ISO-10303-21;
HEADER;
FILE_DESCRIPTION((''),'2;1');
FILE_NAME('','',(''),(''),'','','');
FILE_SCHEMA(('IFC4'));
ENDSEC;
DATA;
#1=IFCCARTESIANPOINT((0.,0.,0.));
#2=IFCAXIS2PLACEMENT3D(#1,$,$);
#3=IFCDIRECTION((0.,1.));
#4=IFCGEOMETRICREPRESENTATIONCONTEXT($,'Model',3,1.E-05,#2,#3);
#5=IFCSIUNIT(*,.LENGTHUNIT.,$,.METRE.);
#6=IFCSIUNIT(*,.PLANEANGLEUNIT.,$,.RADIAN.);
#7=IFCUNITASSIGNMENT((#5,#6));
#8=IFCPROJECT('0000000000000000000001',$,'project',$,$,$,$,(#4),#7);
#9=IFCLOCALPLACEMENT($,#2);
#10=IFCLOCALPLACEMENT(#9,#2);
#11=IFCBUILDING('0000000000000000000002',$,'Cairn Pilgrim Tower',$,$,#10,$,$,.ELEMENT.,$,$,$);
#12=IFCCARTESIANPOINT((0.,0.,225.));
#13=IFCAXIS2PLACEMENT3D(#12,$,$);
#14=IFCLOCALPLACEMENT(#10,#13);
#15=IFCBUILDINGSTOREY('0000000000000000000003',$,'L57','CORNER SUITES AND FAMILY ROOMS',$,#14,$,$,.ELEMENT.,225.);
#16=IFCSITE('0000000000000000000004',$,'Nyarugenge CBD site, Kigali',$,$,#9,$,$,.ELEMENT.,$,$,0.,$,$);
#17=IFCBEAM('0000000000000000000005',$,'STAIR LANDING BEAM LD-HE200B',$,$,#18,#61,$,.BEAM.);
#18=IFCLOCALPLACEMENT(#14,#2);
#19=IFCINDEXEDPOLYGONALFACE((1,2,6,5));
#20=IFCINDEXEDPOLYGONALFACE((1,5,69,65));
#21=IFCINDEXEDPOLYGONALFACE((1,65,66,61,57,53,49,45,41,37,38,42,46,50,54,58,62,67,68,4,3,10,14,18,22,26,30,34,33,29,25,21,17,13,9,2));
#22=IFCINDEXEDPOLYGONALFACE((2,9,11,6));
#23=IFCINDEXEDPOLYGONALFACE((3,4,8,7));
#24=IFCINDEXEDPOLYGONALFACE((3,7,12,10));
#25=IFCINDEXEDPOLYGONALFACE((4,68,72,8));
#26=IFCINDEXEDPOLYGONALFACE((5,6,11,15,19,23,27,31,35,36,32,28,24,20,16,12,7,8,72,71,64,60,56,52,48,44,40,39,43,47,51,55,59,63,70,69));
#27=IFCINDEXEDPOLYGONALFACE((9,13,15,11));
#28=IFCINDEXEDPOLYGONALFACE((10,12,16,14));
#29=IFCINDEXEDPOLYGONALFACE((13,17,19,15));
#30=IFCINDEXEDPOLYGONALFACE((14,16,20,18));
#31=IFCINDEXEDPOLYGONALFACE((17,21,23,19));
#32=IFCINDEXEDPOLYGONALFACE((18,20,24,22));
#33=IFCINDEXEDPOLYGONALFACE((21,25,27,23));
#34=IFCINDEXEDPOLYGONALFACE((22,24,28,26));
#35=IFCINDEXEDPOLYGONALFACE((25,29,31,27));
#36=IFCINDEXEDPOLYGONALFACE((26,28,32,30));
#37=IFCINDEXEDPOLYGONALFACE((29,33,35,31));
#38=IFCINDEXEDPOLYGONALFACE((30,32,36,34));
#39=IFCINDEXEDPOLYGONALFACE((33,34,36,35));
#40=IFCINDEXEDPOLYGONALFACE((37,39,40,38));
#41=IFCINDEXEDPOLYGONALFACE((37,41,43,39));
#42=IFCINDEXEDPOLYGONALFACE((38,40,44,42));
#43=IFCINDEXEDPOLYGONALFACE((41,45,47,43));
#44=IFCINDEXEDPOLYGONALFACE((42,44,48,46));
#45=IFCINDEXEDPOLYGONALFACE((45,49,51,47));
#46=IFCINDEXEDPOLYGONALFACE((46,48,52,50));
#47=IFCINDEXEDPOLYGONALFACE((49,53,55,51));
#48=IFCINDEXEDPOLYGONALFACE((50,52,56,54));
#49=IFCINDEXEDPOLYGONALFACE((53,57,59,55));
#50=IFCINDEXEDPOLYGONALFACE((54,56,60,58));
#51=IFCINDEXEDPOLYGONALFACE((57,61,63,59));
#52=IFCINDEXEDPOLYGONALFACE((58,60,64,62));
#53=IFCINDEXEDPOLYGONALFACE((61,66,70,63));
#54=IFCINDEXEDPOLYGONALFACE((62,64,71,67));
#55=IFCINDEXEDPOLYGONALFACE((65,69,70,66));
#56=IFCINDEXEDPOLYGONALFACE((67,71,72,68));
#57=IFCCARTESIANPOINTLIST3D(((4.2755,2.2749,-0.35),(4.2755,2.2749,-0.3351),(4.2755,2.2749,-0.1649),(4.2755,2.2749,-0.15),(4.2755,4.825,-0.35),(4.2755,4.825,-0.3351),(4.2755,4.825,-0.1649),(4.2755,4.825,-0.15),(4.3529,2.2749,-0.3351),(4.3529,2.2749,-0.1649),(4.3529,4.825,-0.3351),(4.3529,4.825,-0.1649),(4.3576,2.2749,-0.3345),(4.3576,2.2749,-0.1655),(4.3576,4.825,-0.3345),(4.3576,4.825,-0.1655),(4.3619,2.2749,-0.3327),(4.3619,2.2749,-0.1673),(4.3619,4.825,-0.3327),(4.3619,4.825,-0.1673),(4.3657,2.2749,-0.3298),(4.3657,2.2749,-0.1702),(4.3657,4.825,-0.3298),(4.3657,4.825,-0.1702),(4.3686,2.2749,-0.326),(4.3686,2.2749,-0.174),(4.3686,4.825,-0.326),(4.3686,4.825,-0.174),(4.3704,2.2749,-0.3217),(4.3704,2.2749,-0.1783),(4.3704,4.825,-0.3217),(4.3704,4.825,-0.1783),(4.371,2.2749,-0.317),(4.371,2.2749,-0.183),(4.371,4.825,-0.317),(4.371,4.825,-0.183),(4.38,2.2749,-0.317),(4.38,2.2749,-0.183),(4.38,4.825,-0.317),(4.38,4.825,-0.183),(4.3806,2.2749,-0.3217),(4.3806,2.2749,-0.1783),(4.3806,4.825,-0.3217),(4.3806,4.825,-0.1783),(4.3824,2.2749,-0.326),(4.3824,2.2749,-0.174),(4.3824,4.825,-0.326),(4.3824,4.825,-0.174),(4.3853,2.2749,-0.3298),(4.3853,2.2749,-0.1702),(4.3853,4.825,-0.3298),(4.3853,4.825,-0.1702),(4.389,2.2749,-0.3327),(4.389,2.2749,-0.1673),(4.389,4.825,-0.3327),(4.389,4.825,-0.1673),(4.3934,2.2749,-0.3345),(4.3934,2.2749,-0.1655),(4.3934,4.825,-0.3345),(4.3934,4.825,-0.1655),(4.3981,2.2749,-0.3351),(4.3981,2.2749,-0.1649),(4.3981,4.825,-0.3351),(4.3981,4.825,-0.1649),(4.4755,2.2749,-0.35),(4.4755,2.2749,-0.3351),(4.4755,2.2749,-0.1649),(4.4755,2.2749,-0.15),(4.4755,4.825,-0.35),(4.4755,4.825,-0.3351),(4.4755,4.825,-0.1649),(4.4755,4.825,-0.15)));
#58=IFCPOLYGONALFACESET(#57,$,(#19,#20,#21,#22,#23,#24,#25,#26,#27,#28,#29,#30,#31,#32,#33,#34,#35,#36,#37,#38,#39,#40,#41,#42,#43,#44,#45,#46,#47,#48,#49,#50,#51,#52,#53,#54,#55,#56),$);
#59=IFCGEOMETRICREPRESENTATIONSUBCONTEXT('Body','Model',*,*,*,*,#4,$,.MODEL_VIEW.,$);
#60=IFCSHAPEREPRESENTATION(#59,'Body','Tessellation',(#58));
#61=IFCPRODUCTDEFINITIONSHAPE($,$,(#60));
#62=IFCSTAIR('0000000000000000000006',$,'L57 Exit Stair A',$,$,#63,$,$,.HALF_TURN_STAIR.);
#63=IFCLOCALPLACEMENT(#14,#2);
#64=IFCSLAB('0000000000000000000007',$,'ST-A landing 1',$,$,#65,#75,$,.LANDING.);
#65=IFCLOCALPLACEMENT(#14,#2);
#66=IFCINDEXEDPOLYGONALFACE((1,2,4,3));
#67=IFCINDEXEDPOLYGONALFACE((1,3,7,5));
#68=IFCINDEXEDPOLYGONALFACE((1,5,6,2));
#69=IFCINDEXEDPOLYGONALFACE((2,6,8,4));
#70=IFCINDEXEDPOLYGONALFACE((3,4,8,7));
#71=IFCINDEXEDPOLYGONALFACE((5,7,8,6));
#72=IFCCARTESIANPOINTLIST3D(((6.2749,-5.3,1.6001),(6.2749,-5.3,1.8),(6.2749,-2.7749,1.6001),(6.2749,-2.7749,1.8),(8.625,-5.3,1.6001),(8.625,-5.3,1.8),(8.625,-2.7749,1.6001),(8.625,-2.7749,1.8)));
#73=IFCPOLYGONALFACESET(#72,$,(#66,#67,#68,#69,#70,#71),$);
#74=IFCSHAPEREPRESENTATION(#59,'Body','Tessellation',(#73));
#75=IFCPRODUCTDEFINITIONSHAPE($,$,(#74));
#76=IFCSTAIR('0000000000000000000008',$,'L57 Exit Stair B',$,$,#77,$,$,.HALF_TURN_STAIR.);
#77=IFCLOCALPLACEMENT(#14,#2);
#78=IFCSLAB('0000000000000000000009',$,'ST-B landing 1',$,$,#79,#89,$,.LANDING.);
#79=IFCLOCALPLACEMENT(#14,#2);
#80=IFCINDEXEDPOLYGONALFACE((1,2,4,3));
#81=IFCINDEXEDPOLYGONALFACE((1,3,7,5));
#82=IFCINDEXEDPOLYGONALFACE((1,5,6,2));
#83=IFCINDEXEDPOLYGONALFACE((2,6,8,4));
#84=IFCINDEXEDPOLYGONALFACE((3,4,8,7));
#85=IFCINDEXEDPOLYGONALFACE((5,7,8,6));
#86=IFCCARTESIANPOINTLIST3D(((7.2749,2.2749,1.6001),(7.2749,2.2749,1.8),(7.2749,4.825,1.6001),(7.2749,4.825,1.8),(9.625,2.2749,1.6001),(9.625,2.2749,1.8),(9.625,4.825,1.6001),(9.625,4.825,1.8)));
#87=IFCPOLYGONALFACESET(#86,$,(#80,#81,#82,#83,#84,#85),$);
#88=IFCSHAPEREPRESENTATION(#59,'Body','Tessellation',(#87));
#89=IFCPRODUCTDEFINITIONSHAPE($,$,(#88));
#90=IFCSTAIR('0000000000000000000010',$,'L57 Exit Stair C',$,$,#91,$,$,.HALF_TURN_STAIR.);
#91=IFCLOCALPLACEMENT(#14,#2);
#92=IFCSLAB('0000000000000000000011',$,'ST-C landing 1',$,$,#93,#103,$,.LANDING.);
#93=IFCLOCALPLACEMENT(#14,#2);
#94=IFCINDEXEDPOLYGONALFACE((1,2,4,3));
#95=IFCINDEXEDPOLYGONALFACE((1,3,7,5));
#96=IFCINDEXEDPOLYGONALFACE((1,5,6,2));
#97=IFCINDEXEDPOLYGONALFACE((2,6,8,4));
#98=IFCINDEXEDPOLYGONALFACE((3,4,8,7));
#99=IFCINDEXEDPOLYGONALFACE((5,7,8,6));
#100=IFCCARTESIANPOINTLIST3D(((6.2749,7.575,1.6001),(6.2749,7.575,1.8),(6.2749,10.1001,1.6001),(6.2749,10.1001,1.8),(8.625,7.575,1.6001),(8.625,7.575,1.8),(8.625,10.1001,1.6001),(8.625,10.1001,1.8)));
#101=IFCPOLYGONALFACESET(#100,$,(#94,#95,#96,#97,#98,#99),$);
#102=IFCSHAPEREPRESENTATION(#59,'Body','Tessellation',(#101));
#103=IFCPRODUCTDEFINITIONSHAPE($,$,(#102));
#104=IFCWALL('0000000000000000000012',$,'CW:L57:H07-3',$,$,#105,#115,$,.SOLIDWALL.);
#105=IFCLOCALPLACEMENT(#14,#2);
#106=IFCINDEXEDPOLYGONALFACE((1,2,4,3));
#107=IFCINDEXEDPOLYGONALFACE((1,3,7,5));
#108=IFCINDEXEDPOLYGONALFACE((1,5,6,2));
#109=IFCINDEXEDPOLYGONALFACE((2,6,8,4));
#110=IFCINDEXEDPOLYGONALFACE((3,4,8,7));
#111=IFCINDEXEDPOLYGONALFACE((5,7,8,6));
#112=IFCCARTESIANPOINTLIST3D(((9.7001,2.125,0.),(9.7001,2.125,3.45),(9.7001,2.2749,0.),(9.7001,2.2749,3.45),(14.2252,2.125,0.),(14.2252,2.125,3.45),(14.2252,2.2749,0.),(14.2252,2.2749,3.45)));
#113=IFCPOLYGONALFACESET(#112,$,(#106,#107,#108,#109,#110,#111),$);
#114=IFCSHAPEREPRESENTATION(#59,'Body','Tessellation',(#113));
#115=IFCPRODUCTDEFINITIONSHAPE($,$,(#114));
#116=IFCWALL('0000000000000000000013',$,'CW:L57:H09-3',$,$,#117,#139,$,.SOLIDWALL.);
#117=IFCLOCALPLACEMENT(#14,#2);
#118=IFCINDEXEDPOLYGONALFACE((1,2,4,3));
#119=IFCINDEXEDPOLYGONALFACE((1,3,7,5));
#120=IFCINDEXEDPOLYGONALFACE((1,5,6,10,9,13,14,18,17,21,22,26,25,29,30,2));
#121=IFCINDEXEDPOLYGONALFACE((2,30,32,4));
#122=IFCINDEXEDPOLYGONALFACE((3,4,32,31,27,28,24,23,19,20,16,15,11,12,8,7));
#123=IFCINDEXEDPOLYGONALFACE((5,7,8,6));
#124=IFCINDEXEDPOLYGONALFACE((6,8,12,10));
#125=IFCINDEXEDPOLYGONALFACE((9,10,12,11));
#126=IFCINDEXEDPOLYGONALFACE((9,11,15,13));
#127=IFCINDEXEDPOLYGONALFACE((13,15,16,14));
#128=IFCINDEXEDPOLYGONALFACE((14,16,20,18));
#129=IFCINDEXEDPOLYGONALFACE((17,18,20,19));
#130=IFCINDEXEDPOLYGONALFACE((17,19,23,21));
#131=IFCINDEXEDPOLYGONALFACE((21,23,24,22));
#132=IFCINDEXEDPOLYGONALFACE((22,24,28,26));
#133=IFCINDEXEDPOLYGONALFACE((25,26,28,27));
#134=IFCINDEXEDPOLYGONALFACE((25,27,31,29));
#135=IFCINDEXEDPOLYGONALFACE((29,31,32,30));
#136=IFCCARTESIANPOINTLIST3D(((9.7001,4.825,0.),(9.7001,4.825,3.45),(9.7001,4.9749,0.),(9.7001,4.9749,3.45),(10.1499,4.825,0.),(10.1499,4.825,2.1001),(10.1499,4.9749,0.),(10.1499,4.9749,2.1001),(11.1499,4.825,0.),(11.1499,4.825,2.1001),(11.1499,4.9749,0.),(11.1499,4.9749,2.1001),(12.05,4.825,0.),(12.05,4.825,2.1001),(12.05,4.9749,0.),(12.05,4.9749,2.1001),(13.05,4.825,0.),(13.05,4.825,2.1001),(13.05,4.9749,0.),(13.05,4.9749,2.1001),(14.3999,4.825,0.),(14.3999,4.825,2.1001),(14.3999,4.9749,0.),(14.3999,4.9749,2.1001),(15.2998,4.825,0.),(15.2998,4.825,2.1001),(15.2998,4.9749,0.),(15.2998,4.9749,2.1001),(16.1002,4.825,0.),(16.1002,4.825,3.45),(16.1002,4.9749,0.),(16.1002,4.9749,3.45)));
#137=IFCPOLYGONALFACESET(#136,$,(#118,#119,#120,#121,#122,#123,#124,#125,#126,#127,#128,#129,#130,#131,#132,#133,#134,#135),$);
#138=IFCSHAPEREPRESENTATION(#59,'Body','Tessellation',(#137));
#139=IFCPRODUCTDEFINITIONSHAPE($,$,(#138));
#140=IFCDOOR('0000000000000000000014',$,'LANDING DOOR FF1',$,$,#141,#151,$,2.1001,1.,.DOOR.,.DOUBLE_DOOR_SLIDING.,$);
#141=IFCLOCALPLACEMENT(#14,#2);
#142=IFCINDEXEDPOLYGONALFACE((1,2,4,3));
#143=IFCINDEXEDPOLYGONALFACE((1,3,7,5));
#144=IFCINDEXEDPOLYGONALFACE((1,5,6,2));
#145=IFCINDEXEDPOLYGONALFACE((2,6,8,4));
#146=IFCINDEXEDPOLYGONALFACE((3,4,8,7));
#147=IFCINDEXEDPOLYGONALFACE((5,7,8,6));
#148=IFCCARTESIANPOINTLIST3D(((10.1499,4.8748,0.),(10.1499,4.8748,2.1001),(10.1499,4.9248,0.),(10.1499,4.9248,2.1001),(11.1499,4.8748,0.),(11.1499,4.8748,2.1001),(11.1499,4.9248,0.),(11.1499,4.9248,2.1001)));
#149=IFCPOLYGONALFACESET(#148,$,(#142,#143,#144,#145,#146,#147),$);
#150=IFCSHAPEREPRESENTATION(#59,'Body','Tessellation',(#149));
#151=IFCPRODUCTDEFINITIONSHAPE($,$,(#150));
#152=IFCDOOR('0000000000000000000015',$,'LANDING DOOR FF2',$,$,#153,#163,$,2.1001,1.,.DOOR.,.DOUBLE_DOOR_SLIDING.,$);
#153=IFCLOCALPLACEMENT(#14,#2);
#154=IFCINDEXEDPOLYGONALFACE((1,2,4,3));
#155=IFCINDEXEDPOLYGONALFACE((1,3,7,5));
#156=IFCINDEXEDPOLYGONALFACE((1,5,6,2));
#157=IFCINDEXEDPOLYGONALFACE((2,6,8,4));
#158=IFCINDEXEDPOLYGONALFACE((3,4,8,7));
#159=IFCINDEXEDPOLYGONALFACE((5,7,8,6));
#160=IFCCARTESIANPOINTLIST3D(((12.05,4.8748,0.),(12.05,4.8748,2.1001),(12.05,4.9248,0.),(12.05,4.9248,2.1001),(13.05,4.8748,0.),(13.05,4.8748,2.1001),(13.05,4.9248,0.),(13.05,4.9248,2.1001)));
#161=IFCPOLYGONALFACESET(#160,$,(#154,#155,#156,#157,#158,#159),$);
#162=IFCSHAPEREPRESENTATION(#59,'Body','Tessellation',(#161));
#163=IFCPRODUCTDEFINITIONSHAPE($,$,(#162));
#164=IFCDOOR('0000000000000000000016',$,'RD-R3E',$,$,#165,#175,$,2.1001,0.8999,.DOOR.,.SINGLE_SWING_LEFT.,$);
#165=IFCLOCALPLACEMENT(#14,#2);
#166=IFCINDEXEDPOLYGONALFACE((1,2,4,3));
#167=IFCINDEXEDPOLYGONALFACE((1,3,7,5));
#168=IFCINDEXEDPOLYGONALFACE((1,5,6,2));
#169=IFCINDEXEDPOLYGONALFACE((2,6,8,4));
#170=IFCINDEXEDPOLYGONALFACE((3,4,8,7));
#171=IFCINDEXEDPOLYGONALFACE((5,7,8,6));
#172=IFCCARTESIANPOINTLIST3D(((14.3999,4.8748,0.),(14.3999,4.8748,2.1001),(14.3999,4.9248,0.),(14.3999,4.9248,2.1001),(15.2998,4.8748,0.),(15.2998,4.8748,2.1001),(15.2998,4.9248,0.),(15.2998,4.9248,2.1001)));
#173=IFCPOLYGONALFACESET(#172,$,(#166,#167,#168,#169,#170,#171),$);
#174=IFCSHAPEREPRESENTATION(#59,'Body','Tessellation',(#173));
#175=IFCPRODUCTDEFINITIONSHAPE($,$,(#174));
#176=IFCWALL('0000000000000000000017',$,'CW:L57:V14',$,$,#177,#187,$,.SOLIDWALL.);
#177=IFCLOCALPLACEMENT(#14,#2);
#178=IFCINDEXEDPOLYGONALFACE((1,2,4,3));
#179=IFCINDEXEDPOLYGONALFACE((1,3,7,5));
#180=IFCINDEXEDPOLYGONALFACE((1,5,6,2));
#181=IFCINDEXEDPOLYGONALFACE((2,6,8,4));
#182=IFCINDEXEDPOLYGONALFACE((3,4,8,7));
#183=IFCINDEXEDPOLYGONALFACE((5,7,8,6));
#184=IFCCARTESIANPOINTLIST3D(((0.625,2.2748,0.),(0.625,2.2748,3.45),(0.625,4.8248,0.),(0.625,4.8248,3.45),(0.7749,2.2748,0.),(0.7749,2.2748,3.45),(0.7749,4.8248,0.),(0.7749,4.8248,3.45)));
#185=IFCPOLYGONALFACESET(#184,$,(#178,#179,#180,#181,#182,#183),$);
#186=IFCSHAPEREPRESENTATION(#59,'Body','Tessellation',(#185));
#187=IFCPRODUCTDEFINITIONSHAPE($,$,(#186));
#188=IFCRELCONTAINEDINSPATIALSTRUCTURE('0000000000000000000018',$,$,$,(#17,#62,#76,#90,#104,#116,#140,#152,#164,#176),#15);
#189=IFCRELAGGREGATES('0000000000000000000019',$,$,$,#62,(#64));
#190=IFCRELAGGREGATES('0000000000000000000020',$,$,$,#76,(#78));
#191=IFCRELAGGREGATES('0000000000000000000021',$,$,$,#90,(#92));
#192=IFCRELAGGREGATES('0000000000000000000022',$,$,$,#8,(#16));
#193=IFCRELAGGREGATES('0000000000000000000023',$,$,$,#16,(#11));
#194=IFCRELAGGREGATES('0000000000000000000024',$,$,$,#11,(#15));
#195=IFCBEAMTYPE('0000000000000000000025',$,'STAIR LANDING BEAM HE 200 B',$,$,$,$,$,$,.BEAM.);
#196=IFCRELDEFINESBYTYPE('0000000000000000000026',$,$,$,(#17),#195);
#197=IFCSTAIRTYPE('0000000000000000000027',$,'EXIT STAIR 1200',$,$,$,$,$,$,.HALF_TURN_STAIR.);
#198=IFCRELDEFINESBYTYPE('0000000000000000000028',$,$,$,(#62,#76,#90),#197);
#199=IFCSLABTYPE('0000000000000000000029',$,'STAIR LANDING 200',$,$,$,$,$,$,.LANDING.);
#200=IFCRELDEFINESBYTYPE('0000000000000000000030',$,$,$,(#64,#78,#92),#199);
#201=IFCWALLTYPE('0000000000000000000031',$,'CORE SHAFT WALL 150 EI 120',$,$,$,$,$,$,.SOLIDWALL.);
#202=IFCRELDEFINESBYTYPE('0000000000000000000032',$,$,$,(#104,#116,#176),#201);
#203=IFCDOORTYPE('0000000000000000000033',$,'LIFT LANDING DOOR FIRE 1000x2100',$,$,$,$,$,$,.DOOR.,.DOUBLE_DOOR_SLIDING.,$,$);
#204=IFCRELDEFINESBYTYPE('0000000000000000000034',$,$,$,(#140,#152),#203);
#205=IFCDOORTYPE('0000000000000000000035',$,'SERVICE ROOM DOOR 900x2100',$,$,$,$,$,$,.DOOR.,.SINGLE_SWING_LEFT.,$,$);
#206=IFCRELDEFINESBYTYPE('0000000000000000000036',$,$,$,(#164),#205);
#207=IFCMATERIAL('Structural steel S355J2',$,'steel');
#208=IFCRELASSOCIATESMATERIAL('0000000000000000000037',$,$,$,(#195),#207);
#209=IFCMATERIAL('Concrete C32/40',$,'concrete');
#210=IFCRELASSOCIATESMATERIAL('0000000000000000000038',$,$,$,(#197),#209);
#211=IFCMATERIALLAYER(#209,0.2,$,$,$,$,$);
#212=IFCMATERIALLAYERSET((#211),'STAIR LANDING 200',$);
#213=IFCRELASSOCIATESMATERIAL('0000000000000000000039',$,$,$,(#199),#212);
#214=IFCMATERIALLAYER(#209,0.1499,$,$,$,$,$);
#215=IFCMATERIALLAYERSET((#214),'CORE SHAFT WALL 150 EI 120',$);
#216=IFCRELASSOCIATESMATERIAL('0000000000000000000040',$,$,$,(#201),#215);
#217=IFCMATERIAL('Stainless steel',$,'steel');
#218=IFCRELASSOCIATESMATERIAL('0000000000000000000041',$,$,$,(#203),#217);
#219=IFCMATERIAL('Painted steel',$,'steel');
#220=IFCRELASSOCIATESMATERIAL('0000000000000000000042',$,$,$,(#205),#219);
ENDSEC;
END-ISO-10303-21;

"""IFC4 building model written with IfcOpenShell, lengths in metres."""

from ifc_helpers import new_model, si_unit, direction, frame, frame_2d, origin, origin_2d, place, context, subcontext, project, spatial, polyline, rectangle, i_section, outline, extrude, material, layer, layer_set, material_profile, profile_set, type_object, element, fill, aggregate, save


model = new_model("IFC4")

# Units and contexts
model_context = context("Model", 3, precision=1e-05, world=origin(), true_north=direction((0.0, 1.0)))
body_context = subcontext(model_context, "Body", "Model", "MODEL_VIEW")
ifc_project = project(units=[si_unit("LENGTHUNIT", "METRE"), si_unit("PLANEANGLEUNIT", "RADIAN")], contexts=[model_context])

# Site, building, storey
site_placement = place(None, origin())
site = spatial("IfcSite", under=ifc_project, at=site_placement, Name="Nyarugenge CBD site, Kigali", CompositionType="ELEMENT", RefElevation=0.0)
building_placement = place(site_placement, origin())
building = spatial("IfcBuilding", under=site, at=building_placement, Name="Cairn Pilgrim Tower", CompositionType="ELEMENT")
storey_placement = place(building_placement, frame((0.0, 0.0, 225.0)))
storey = spatial("IfcBuildingStorey", under=building, at=storey_placement, Name="L57", Description="CORNER SUITES AND FAMILY ROOMS", CompositionType="ELEMENT", Elevation=225.0)

# Beam
ifc_material_1 = material(Name="Structural steel S355J2", Category="steel")
ifc_material_profile = material_profile(ifc_material_1, i_section(OverallWidth=0.2, OverallDepth=0.2, WebThickness=0.009, FlangeThickness=0.0149, FilletRadius=0.0181, at=origin_2d()), Name="HE 200 B")
ifc_profile_set = profile_set([ifc_material_profile], Name="Structural steel S355J2")
beam_type = type_object("IfcBeamType", Name="STAIR LANDING BEAM HE 200 B", PredefinedType="BEAM", material=ifc_profile_set)
beam_placement = place(storey_placement, frame((4.3755, 2.2749, -0.25), z_axis=(0.0, 1.0, 0.0), x_axis=(-1.0, 0.0, 0.0)))
element("IfcBeam", 1, at=beam_placement, inside=storey, type_object=beam_type, Name="STAIR LANDING BEAM LD-HE200B", PredefinedType="BEAM", context=body_context, shape_type="SweptSolid", body=[
    extrude(i_section(OverallWidth=0.2, OverallDepth=0.2, WebThickness=0.009, FlangeThickness=0.0149, FilletRadius=0.0181, at=origin_2d()), origin(), (0.0, 0.0, 1.0), 2.55),
])

# Stairs, slabs
ifc_material_2 = material(Name="Concrete C32/40", Category="concrete")
stair_type = type_object("IfcStairType", Name="EXIT STAIR 1200", PredefinedType="HALF_TURN_STAIR", material=ifc_material_2)
stair_1_placement = place(storey_placement, origin())
stair_1 = element("IfcStair", 2, at=stair_1_placement, inside=storey, type_object=stair_type, Name="L57 Exit Stair A", PredefinedType="HALF_TURN_STAIR")
ifc_layer_1 = layer(ifc_material_2, 0.2)
ifc_layer_set_1 = layer_set([ifc_layer_1], Name="STAIR LANDING 200")
slab_type_1 = type_object("IfcSlabType", Name="STAIR LANDING 200", PredefinedType="LANDING", material=ifc_layer_set_1)
slab_1_placement = place(storey_placement, frame((0.0, 0.0, 1.6001)))
slab_1 = element("IfcSlab", 3, at=slab_1_placement, type_object=slab_type_1, Name="ST-A landing 1", PredefinedType="LANDING", context=body_context, shape_type="SweptSolid", body=[
    extrude(outline(polyline([(8.625, -2.7749), (6.2749, -2.7749), (6.2749, -5.3), (8.625, -5.3), (8.625, -2.7749)])), origin(), (0.0, 0.0, 1.0), 0.2),
])
aggregate(stair_1, [slab_1])
stair_2_placement = place(storey_placement, origin())
stair_2 = element("IfcStair", 4, at=stair_2_placement, inside=storey, type_object=stair_type, Name="L57 Exit Stair B", PredefinedType="HALF_TURN_STAIR")
slab_2_placement = place(storey_placement, frame((0.0, 0.0, 1.6001)))
slab_2 = element("IfcSlab", 5, at=slab_2_placement, type_object=slab_type_1, Name="ST-B landing 1", PredefinedType="LANDING", context=body_context, shape_type="SweptSolid", body=[
    extrude(outline(polyline([(7.2749, 2.2749), (9.625, 2.2749), (9.625, 4.825), (7.2749, 4.825), (7.2749, 2.2749)])), origin(), (0.0, 0.0, 1.0), 0.2),
])
stair_3_placement = place(storey_placement, origin())
stair_3 = element("IfcStair", 6, at=stair_3_placement, inside=storey, type_object=stair_type, Name="L57 Exit Stair C", PredefinedType="HALF_TURN_STAIR")
slab_3_placement = place(storey_placement, frame((0.0, 0.0, 1.6001)))
slab_3 = element("IfcSlab", 7, at=slab_3_placement, type_object=slab_type_1, Name="ST-C landing 1", PredefinedType="LANDING", context=body_context, shape_type="SweptSolid", body=[
    extrude(outline(polyline([(8.625, 10.1001), (6.2749, 10.1001), (6.2749, 7.575), (8.625, 7.575), (8.625, 10.1001)])), origin(), (0.0, 0.0, 1.0), 0.2),
])

# Wall
ifc_layer_2 = layer(ifc_material_2, 0.1499)
ifc_layer_set_2 = layer_set([ifc_layer_2], Name="CORE SHAFT WALL 150 EI 120")
wall_type_1 = type_object("IfcWallType", Name="CORE SHAFT WALL 150 EI 120", PredefinedType="SOLIDWALL", material=ifc_layer_set_2)
wall_1_placement = place(storey_placement, frame((9.7, 2.2, 0.0), z_axis=(0.0, 0.0, 1.0), x_axis=(1.0, 0.0, 0.0)))
element("IfcWall", 8, at=wall_1_placement, inside=storey, type_object=wall_type_1, Name="CW:L57:H07-3", PredefinedType="SOLIDWALL", context=body_context, shape_type="SweptSolid", body=[
    extrude(rectangle(XDim=4.5251, YDim=0.1499, at=frame_2d((2.2627, 0.0))), origin(), (0.0, 0.0, 1.0), 3.45),
])

# Wall, openings, doors
wall_2_placement = place(storey_placement, frame((9.7, 4.8999, 0.0), z_axis=(0.0, 0.0, 1.0), x_axis=(1.0, 0.0, 0.0)))
wall_2 = element("IfcWall", 9, at=wall_2_placement, inside=storey, type_object=wall_type_1, Name="CW:L57:H09-3", PredefinedType="SOLIDWALL", context=body_context, shape_type="SweptSolid", body=[
    extrude(rectangle(XDim=6.4001, YDim=0.1499, at=frame_2d((3.2002, 0.0))), origin(), (0.0, 0.0, 1.0), 3.45),
])
opening_1_placement = place(wall_2_placement, frame((0.45, 0.0, 0.0)))
opening_1 = element("IfcOpeningElement", 10, at=opening_1_placement, cuts=wall_2, PredefinedType="OPENING", context=body_context, shape_type="SweptSolid", body=[
    extrude(rectangle(XDim=1.0, YDim=2.1001, at=frame_2d((0.5, 1.05))), frame((0.0, 0.085, 0.0), z_axis=(0.0, -1.0, 0.0), x_axis=(1.0, 0.0, 0.0)), (0.0, 0.0, 1.0), 0.1699),
])
opening_2_placement = place(wall_2_placement, frame((2.3501, 0.0, 0.0)))
opening_2 = element("IfcOpeningElement", 11, at=opening_2_placement, cuts=wall_2, PredefinedType="OPENING", context=body_context, shape_type="SweptSolid", body=[
    extrude(rectangle(XDim=1.0, YDim=2.1001, at=frame_2d((0.5, 1.05))), frame((0.0, 0.085, 0.0), z_axis=(0.0, -1.0, 0.0), x_axis=(1.0, 0.0, 0.0)), (0.0, 0.0, 1.0), 0.1699),
])
opening_3_placement = place(wall_2_placement, frame((4.7, 0.0, 0.0)))
opening_3 = element("IfcOpeningElement", 12, at=opening_3_placement, cuts=wall_2, PredefinedType="OPENING", context=body_context, shape_type="SweptSolid", body=[
    extrude(rectangle(XDim=0.8999, YDim=2.1001, at=frame_2d((0.45, 1.05))), frame((0.0, 0.085, 0.0), z_axis=(0.0, -1.0, 0.0), x_axis=(1.0, 0.0, 0.0)), (0.0, 0.0, 1.0), 0.1699),
])
ifc_material_3 = material(Name="Stainless steel", Category="steel")
door_type_1 = type_object("IfcDoorType", Name="LIFT LANDING DOOR FIRE 1000x2100", OperationType="DOUBLE_DOOR_SLIDING", PredefinedType="DOOR", material=ifc_material_3)
door_1_placement = place(opening_1_placement, origin())
door_1 = element("IfcDoor", 13, at=door_1_placement, inside=storey, type_object=door_type_1, Name="LANDING DOOR FF1", OperationType="DOUBLE_DOOR_SLIDING", OverallHeight=2.1001, OverallWidth=1.0, PredefinedType="DOOR", context=body_context, shape_type="SweptSolid", body=[
    extrude(rectangle(XDim=1.0, YDim=2.1001, at=frame_2d((0.5, 1.05))), frame((0.0, 0.0249, 0.0), z_axis=(0.0, -1.0, 0.0), x_axis=(1.0, 0.0, 0.0)), (0.0, 0.0, 1.0), 0.05),
])
fill(opening_1, door_1)
door_2_placement = place(opening_2_placement, origin())
door_2 = element("IfcDoor", 14, at=door_2_placement, inside=storey, type_object=door_type_1, Name="LANDING DOOR FF2", OperationType="DOUBLE_DOOR_SLIDING", OverallHeight=2.1001, OverallWidth=1.0, PredefinedType="DOOR", context=body_context, shape_type="SweptSolid", body=[
    extrude(rectangle(XDim=1.0, YDim=2.1001, at=frame_2d((0.5, 1.05))), frame((0.0, 0.0249, 0.0), z_axis=(0.0, -1.0, 0.0), x_axis=(1.0, 0.0, 0.0)), (0.0, 0.0, 1.0), 0.05),
])
fill(opening_2, door_2)
ifc_material_4 = material(Name="Painted steel", Category="steel")
door_type_2 = type_object("IfcDoorType", Name="SERVICE ROOM DOOR 900x2100", OperationType="SINGLE_SWING_LEFT", PredefinedType="DOOR", material=ifc_material_4)
door_3_placement = place(opening_3_placement, origin())
door_3 = element("IfcDoor", 15, at=door_3_placement, inside=storey, type_object=door_type_2, Name="RD-R3E", OperationType="SINGLE_SWING_LEFT", OverallHeight=2.1001, OverallWidth=0.8999, PredefinedType="DOOR", context=body_context, shape_type="SweptSolid", body=[
    extrude(rectangle(XDim=0.8999, YDim=2.1001, at=frame_2d((0.45, 1.05))), frame((0.0, 0.0249, 0.0), z_axis=(0.0, -1.0, 0.0), x_axis=(1.0, 0.0, 0.0)), (0.0, 0.0, 1.0), 0.05),
])
fill(opening_3, door_3)

# Wall
wall_3_placement = place(storey_placement, frame((0.7, 2.2749, 0.0), z_axis=(0.0, 0.0, 1.0), x_axis=(0.0, 1.0, 0.0)))
element("IfcWall", 16, at=wall_3_placement, inside=storey, type_object=wall_type_1, Name="CW:L57:V14", PredefinedType="SOLIDWALL", context=body_context, shape_type="SweptSolid", body=[
    extrude(rectangle(XDim=2.55, YDim=0.1499, at=frame_2d((1.2749, 0.0))), origin(), (0.0, 0.0, 1.0), 3.45),
])

aggregate(stair_2, [slab_2])
aggregate(stair_3, [slab_3])

save(model, "model.ifc")
